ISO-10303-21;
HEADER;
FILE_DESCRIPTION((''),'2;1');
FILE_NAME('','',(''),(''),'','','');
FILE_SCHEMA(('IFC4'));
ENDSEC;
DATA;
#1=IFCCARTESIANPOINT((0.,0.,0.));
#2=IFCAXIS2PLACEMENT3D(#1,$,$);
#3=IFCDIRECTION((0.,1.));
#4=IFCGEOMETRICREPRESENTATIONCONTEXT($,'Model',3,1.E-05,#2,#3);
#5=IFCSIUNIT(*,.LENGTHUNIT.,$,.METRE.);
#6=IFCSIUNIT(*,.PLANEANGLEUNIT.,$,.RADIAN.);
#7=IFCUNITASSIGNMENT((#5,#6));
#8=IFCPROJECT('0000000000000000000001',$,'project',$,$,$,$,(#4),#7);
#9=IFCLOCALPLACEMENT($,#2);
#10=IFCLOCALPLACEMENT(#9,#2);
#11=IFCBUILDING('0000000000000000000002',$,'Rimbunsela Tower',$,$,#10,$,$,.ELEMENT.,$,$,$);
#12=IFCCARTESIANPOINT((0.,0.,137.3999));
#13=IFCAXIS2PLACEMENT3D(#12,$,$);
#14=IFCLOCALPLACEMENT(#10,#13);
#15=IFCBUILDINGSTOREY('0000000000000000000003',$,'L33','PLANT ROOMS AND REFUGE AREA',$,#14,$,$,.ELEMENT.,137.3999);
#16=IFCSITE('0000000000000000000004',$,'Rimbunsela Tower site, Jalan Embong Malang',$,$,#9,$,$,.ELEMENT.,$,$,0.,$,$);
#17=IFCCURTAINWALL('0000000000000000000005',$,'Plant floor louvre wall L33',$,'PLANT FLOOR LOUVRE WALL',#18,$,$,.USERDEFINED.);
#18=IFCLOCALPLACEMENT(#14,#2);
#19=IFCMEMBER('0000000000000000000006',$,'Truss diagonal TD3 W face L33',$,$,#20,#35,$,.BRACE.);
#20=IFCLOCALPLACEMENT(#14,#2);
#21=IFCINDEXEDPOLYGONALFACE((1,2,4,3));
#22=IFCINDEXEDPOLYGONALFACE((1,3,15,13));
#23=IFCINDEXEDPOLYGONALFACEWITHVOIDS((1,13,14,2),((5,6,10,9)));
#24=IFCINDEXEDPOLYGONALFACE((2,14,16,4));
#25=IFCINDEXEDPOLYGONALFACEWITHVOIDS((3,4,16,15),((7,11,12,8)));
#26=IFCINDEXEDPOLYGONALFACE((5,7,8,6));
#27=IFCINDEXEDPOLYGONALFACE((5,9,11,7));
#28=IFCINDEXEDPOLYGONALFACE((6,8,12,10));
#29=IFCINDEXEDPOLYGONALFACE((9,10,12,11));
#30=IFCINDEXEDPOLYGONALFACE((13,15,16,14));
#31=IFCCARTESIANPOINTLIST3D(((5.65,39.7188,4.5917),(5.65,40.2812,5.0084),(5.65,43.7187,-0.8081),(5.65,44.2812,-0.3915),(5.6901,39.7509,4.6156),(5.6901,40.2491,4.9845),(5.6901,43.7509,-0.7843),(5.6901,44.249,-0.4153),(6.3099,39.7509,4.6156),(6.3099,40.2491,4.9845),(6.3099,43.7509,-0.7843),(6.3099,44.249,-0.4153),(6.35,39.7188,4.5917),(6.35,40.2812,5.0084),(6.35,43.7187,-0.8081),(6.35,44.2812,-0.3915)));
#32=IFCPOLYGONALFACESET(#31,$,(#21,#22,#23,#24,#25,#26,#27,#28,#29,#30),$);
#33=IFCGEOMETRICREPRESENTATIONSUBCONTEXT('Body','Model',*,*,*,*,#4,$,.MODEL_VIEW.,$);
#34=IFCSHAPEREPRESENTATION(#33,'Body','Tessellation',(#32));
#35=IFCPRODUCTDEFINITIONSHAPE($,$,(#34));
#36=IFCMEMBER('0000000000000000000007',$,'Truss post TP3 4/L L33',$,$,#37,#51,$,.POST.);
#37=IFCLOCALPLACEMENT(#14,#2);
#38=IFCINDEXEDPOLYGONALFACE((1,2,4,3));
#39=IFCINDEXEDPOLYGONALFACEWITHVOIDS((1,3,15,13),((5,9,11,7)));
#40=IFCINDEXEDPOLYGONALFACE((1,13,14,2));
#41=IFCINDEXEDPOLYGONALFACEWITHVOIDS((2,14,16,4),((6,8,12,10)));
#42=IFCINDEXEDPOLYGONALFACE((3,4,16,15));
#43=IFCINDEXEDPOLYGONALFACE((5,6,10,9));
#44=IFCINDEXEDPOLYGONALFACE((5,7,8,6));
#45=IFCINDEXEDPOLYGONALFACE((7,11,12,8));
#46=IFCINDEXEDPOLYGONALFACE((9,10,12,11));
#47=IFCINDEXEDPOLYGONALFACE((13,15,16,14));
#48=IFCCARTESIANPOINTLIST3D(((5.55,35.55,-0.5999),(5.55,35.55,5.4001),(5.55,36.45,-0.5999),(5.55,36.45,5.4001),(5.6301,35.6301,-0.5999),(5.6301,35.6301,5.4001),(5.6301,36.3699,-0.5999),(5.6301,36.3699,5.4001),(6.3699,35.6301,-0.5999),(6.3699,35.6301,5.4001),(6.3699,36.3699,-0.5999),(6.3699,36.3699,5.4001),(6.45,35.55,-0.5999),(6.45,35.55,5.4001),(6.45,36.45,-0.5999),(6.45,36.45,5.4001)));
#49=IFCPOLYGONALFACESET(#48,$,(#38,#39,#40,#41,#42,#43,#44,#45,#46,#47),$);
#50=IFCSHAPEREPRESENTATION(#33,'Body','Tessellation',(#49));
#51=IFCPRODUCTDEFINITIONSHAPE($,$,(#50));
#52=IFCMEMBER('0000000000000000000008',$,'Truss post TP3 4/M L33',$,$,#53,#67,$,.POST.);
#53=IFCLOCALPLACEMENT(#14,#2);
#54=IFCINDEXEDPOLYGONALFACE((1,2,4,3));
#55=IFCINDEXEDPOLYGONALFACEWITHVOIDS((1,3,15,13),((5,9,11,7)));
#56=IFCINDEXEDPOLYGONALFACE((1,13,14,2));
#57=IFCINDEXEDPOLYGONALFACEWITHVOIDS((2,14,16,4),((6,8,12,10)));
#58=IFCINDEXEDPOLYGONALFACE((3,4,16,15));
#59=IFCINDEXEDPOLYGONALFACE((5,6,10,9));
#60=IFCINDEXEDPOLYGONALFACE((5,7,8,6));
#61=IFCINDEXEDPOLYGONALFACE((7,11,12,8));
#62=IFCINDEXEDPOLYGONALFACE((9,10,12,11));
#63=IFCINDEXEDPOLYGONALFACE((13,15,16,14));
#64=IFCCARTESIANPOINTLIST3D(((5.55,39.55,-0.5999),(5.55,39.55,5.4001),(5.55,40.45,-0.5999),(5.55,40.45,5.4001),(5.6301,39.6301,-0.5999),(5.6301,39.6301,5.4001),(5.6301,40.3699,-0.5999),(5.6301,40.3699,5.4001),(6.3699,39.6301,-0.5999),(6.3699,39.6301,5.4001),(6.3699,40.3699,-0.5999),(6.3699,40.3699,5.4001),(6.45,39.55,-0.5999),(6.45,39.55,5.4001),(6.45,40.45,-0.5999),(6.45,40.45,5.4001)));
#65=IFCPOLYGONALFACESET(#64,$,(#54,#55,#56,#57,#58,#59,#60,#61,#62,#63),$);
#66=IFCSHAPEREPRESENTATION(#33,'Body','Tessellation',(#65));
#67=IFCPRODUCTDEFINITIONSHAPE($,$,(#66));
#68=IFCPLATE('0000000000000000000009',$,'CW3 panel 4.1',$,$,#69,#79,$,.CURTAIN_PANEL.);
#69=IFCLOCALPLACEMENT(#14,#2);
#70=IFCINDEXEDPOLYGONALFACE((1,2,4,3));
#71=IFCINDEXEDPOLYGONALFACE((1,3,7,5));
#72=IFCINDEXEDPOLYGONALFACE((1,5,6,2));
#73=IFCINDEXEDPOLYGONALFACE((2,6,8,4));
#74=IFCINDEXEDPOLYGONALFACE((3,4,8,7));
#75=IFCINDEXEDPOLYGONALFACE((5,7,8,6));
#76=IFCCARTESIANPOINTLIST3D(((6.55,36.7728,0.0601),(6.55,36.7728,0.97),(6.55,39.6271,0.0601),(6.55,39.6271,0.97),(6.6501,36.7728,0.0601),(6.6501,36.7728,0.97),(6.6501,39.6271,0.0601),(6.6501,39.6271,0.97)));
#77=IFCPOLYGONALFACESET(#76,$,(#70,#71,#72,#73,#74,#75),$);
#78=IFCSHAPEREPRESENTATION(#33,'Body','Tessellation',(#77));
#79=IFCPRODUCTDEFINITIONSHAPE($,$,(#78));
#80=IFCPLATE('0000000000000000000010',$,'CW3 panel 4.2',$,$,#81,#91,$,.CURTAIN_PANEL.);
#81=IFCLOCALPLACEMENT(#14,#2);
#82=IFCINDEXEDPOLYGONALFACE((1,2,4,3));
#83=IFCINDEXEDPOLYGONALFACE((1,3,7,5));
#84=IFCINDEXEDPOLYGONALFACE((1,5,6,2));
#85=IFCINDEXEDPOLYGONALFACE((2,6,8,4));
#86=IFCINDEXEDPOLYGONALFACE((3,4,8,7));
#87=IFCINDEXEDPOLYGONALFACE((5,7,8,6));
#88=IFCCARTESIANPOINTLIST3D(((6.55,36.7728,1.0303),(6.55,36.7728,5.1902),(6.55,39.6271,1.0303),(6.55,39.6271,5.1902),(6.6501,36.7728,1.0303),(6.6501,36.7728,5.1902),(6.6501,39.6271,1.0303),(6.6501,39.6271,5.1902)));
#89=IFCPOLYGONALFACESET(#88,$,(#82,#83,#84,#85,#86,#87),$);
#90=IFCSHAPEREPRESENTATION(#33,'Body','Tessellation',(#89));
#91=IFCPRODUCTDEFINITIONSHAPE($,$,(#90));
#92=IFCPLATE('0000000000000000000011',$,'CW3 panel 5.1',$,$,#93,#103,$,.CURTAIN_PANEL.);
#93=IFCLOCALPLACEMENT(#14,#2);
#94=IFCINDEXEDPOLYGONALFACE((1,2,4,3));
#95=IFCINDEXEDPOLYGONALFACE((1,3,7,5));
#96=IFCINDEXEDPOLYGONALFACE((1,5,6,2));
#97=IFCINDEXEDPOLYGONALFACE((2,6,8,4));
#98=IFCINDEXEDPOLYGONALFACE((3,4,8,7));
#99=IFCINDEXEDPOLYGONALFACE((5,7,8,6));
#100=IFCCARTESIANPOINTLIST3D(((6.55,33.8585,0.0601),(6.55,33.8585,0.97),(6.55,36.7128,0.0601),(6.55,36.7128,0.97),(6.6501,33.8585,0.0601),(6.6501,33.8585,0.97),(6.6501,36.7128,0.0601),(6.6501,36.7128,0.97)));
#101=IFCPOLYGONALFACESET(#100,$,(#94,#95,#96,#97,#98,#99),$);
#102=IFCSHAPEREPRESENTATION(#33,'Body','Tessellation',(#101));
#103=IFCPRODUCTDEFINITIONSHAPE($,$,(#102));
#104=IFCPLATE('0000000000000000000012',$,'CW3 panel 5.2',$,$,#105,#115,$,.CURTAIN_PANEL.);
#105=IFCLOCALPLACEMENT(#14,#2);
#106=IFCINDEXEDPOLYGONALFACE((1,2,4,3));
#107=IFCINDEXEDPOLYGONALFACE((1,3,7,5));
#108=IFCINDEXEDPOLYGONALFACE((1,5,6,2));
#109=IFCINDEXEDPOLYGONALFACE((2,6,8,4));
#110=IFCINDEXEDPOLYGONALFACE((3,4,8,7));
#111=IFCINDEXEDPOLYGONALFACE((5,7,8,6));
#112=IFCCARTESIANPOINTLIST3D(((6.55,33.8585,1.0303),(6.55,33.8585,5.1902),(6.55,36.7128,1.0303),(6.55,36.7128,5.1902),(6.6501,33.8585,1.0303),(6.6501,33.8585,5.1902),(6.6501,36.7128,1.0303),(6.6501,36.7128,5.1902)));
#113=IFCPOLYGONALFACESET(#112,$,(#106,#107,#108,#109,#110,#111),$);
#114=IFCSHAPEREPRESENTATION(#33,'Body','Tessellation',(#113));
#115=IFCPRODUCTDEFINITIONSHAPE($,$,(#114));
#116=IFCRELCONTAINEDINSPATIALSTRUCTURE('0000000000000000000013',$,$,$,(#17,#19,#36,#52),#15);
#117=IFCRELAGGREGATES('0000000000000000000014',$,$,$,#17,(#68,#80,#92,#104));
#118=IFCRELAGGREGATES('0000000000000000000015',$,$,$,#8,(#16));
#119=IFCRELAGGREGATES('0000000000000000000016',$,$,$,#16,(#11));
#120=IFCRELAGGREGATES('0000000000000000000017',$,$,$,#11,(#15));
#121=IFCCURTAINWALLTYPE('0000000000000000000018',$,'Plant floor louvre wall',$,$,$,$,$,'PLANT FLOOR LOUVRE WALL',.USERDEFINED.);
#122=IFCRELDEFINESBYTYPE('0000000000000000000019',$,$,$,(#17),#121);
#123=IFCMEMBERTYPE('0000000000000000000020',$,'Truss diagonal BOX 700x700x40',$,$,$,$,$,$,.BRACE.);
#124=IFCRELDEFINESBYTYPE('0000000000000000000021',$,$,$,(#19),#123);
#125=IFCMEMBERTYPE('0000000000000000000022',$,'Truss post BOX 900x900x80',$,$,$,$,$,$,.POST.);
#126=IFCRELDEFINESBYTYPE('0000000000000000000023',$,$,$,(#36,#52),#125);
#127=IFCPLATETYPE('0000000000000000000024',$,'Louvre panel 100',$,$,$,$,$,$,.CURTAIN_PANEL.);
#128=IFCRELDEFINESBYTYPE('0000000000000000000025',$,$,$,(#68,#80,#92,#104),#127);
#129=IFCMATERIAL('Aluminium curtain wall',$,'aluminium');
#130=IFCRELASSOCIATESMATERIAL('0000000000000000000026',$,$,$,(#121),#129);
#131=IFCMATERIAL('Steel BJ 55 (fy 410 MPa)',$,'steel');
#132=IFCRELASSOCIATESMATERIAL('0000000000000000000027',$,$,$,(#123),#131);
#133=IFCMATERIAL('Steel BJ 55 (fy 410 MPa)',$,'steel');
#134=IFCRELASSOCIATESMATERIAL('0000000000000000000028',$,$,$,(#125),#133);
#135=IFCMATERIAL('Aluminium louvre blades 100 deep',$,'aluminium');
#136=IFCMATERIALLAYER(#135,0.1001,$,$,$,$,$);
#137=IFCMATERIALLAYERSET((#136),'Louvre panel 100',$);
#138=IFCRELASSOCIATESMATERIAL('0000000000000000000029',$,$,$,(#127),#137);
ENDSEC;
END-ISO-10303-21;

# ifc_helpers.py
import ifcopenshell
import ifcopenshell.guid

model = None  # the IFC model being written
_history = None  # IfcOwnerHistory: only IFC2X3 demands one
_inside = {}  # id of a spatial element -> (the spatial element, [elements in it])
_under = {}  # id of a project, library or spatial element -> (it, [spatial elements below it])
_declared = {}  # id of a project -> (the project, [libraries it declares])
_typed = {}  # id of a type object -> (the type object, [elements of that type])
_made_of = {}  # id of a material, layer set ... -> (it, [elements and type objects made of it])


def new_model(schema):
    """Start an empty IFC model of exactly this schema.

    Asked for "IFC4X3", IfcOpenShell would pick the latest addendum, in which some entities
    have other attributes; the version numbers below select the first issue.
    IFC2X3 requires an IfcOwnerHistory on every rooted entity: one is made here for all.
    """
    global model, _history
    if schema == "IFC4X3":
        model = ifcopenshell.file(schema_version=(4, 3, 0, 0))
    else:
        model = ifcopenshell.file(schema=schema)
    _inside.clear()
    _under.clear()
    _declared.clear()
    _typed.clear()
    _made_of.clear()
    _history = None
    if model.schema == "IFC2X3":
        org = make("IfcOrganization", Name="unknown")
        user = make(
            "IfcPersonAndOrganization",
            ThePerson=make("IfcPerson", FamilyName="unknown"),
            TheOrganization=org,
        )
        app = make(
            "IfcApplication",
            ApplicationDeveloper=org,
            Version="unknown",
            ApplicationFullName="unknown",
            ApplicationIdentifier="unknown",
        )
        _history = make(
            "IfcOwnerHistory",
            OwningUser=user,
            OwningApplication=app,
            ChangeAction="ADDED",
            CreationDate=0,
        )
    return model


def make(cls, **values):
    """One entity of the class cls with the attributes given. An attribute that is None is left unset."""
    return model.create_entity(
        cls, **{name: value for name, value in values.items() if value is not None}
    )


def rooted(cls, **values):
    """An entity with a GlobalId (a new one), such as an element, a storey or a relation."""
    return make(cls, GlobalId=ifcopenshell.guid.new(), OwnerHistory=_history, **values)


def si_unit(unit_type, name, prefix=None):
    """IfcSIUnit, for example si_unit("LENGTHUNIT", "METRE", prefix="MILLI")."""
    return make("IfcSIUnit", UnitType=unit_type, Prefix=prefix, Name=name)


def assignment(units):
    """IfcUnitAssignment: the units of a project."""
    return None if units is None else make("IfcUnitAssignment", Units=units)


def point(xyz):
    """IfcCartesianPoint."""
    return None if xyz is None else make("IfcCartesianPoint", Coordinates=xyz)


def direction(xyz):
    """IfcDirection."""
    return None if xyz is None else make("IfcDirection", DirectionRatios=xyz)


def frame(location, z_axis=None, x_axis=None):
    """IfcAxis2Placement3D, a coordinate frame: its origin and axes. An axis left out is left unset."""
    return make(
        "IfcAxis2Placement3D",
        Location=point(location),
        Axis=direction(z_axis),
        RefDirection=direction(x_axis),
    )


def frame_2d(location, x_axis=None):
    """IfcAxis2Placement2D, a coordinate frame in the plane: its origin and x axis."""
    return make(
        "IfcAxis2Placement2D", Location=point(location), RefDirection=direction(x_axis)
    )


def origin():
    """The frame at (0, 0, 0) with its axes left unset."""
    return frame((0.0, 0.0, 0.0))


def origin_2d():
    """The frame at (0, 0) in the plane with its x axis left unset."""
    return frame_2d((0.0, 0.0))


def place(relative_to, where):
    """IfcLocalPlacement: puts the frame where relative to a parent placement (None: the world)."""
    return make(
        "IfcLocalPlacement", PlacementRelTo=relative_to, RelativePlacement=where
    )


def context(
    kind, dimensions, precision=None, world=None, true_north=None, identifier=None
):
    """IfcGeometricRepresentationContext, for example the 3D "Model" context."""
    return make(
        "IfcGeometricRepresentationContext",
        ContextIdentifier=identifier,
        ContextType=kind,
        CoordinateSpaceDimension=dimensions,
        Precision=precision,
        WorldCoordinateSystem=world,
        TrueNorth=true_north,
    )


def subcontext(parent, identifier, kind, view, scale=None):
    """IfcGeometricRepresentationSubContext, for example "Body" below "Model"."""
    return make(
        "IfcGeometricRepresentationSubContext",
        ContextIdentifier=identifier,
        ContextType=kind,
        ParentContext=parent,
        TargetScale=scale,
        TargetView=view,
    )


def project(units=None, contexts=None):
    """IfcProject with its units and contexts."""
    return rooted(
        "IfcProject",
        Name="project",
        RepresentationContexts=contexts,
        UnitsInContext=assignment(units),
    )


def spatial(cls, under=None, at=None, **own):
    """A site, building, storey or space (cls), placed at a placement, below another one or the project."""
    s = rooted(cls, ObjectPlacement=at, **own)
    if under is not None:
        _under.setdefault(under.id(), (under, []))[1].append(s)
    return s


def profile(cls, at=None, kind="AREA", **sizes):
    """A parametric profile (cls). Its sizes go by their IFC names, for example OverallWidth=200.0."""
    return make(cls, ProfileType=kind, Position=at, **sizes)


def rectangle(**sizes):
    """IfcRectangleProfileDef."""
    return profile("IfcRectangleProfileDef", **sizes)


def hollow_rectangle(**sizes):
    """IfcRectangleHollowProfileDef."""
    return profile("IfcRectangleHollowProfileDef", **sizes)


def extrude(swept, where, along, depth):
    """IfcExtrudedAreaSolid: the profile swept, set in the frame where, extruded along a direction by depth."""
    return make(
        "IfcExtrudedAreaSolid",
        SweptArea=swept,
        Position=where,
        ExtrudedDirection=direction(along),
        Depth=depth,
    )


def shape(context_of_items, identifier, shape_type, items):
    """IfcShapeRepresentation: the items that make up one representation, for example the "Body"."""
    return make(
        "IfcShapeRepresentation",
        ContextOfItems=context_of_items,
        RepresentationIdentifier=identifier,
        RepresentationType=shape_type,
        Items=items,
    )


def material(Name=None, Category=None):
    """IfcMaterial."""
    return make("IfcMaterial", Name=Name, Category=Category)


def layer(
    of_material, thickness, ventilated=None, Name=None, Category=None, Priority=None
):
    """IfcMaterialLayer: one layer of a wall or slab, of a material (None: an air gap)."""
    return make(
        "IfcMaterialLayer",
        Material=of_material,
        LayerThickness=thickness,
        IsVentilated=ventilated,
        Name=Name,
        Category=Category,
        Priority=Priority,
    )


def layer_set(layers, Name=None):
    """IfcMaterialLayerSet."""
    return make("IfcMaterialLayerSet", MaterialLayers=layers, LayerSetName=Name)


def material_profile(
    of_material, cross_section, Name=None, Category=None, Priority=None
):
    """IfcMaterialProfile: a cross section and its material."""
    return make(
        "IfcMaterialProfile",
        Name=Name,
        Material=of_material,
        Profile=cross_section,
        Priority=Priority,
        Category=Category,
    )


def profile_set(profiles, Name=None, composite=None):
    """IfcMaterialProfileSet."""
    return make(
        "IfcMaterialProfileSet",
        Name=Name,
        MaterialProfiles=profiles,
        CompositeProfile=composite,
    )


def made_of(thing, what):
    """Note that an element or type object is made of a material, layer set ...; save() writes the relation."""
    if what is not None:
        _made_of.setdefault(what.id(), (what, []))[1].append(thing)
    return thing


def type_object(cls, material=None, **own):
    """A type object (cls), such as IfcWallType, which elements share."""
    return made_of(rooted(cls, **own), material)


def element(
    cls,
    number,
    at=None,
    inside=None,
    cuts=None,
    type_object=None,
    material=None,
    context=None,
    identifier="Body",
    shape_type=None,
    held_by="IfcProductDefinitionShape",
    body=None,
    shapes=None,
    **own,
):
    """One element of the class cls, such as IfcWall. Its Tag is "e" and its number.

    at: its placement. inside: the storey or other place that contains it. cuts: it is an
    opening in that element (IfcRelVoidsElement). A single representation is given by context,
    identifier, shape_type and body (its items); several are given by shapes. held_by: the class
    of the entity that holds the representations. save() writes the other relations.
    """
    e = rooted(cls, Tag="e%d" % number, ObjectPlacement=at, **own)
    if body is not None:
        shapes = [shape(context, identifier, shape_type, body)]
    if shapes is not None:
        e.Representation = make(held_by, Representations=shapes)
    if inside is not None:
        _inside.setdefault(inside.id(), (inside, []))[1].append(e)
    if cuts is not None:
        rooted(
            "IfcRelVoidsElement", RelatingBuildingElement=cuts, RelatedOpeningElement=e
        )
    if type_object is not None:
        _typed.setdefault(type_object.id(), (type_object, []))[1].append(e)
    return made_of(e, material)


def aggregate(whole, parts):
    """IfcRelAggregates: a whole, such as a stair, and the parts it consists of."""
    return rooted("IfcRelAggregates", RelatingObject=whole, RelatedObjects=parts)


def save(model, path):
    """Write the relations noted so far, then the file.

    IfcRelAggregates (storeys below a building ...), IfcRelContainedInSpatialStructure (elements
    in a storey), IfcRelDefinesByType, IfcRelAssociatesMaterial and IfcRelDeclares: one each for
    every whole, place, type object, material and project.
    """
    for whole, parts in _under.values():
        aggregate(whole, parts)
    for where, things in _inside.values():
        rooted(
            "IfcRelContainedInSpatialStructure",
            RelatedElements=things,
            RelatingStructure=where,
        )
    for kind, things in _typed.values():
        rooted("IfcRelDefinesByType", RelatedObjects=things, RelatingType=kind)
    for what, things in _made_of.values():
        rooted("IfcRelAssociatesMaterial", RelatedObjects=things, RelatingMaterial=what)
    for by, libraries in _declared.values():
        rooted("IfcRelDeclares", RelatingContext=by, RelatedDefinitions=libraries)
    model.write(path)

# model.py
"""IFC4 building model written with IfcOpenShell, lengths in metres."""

from ifc_helpers import new_model, si_unit, direction, frame, origin, origin_2d, place, context, subcontext, project, spatial, rectangle, hollow_rectangle, extrude, material, layer, layer_set, material_profile, profile_set, type_object, element, aggregate, save


model = new_model("IFC4")

# Units and contexts
model_context = context("Model", 3, precision=1e-05, world=origin(), true_north=direction((0.0, 1.0)))
body_context = subcontext(model_context, "Body", "Model", "MODEL_VIEW")
ifc_project = project(units=[si_unit("LENGTHUNIT", "METRE"), si_unit("PLANEANGLEUNIT", "RADIAN")], contexts=[model_context])

# Site, building, storey
site_placement = place(None, origin())
site = spatial("IfcSite", under=ifc_project, at=site_placement, Name="Rimbunsela Tower site, Jalan Embong Malang", CompositionType="ELEMENT", RefElevation=0.0)
building_placement = place(site_placement, origin())
building = spatial("IfcBuilding", under=site, at=building_placement, Name="Rimbunsela Tower", CompositionType="ELEMENT")
storey_placement = place(building_placement, frame((0.0, 0.0, 137.3999)))
storey = spatial("IfcBuildingStorey", under=building, at=storey_placement, Name="L33", Description="PLANT ROOMS AND REFUGE AREA", CompositionType="ELEMENT", Elevation=137.3999)

# Curtain wall
ifc_material_1 = material(Name="Aluminium curtain wall", Category="aluminium")
curtain_wall_type = type_object("IfcCurtainWallType", Name="Plant floor louvre wall", ElementType="PLANT FLOOR LOUVRE WALL", PredefinedType="USERDEFINED", material=ifc_material_1)
curtain_wall_placement = place(storey_placement, origin())
curtain_wall = element("IfcCurtainWall", 1, at=curtain_wall_placement, inside=storey, type_object=curtain_wall_type, Name="Plant floor louvre wall L33", ObjectType="PLANT FLOOR LOUVRE WALL", PredefinedType="USERDEFINED")

# Members
ifc_material_2 = material(Name="Steel BJ 55 (fy 410 MPa)", Category="steel")
ifc_material_profile_1 = material_profile(ifc_material_2, hollow_rectangle(XDim=0.7, YDim=0.7, WallThickness=0.04, at=origin_2d()), Name="BOX 700x700x40")
ifc_profile_set_1 = profile_set([ifc_material_profile_1], Name="Steel BJ 55 (fy 410 MPa)")
member_type_1 = type_object("IfcMemberType", Name="Truss diagonal BOX 700x700x40", PredefinedType="BRACE", material=ifc_profile_set_1)
for number, where, z_axis, x_axis, name in (
    (2, (6.0, 40.0, 4.8), (0.0, 0.595235, -0.803552), (-1.0, 0.0, 0.0), "Truss diagonal TD3 W face L33"),
):
    element("IfcMember", number, at=place(storey_placement, frame(where, z_axis=z_axis, x_axis=x_axis)), inside=storey, type_object=member_type_1, Name=name, PredefinedType="BRACE", context=body_context, shape_type="SweptSolid", body=[
        extrude(hollow_rectangle(XDim=0.7, YDim=0.7, WallThickness=0.04, at=origin_2d()), origin(), (0.0, 0.0, 1.0), 6.72),
    ])
ifc_material_3 = material(Name="Steel BJ 55 (fy 410 MPa)", Category="steel")
ifc_material_profile_2 = material_profile(ifc_material_3, hollow_rectangle(XDim=0.8999, YDim=0.8999, WallThickness=0.0801, at=origin_2d()), Name="BOX 900x900x80")
ifc_profile_set_2 = profile_set([ifc_material_profile_2], Name="Steel BJ 55 (fy 410 MPa)")
member_type_2 = type_object("IfcMemberType", Name="Truss post BOX 900x900x80", PredefinedType="POST", material=ifc_profile_set_2)
for number, where, z_axis, x_axis, name in (
    (3, (6.0, 36.0, -0.5999), (0.0, 0.0, 1.0), (1.0, 0.0, 0.0), "Truss post TP3 4/L L33"),
    (4, (6.0, 40.0, -0.5999), (0.0, 0.0, 1.0), (1.0, 0.0, 0.0), "Truss post TP3 4/M L33"),
):
    element("IfcMember", number, at=place(storey_placement, frame(where, z_axis=z_axis, x_axis=x_axis)), inside=storey, type_object=member_type_2, Name=name, PredefinedType="POST", context=body_context, shape_type="SweptSolid", body=[
        extrude(hollow_rectangle(XDim=0.8999, YDim=0.8999, WallThickness=0.0801, at=origin_2d()), origin(), (0.0, 0.0, 1.0), 6.0),
    ])

# Plates
ifc_material_4 = material(Name="Aluminium louvre blades 100 deep", Category="aluminium")
ifc_layer = layer(ifc_material_4, 0.1001)
ifc_layer_set = layer_set([ifc_layer], Name="Louvre panel 100")
plate_type = type_object("IfcPlateType", Name="Louvre panel 100", PredefinedType="CURTAIN_PANEL", material=ifc_layer_set)
plate_1_placement = place(storey_placement, frame((6.6001, 38.2, 0.0601), z_axis=(0.0, 0.0, 1.0), x_axis=(0.0, -1.0, 0.0)))
plate_1 = element("IfcPlate", 5, at=plate_1_placement, type_object=plate_type, Name="CW3 panel 4.1", PredefinedType="CURTAIN_PANEL", context=body_context, shape_type="SweptSolid", body=[
    extrude(rectangle(XDim=2.8542, YDim=0.1001, at=origin_2d()), origin(), (0.0, 0.0, 1.0), 0.9099),
])
plate_2_placement = place(storey_placement, frame((6.6001, 38.2, 1.0303), z_axis=(0.0, 0.0, 1.0), x_axis=(0.0, -1.0, 0.0)))
plate_2 = element("IfcPlate", 6, at=plate_2_placement, type_object=plate_type, Name="CW3 panel 4.2", PredefinedType="CURTAIN_PANEL", context=body_context, shape_type="SweptSolid", body=[
    extrude(rectangle(XDim=2.8542, YDim=0.1001, at=origin_2d()), origin(), (0.0, 0.0, 1.0), 4.1599),
])
plate_3_placement = place(storey_placement, frame((6.6001, 35.2856, 0.0601), z_axis=(0.0, 0.0, 1.0), x_axis=(0.0, -1.0, 0.0)))
plate_3 = element("IfcPlate", 7, at=plate_3_placement, type_object=plate_type, Name="CW3 panel 5.1", PredefinedType="CURTAIN_PANEL", context=body_context, shape_type="SweptSolid", body=[
    extrude(rectangle(XDim=2.8542, YDim=0.1001, at=origin_2d()), origin(), (0.0, 0.0, 1.0), 0.9099),
])
plate_4_placement = place(storey_placement, frame((6.6001, 35.2856, 1.0303), z_axis=(0.0, 0.0, 1.0), x_axis=(0.0, -1.0, 0.0)))
plate_4 = element("IfcPlate", 8, at=plate_4_placement, type_object=plate_type, Name="CW3 panel 5.2", PredefinedType="CURTAIN_PANEL", context=body_context, shape_type="SweptSolid", body=[
    extrude(rectangle(XDim=2.8542, YDim=0.1001, at=origin_2d()), origin(), (0.0, 0.0, 1.0), 4.1599),
])
aggregate(curtain_wall, [plate_1, plate_2, plate_3, plate_4])

save(model, "model.ifc")
